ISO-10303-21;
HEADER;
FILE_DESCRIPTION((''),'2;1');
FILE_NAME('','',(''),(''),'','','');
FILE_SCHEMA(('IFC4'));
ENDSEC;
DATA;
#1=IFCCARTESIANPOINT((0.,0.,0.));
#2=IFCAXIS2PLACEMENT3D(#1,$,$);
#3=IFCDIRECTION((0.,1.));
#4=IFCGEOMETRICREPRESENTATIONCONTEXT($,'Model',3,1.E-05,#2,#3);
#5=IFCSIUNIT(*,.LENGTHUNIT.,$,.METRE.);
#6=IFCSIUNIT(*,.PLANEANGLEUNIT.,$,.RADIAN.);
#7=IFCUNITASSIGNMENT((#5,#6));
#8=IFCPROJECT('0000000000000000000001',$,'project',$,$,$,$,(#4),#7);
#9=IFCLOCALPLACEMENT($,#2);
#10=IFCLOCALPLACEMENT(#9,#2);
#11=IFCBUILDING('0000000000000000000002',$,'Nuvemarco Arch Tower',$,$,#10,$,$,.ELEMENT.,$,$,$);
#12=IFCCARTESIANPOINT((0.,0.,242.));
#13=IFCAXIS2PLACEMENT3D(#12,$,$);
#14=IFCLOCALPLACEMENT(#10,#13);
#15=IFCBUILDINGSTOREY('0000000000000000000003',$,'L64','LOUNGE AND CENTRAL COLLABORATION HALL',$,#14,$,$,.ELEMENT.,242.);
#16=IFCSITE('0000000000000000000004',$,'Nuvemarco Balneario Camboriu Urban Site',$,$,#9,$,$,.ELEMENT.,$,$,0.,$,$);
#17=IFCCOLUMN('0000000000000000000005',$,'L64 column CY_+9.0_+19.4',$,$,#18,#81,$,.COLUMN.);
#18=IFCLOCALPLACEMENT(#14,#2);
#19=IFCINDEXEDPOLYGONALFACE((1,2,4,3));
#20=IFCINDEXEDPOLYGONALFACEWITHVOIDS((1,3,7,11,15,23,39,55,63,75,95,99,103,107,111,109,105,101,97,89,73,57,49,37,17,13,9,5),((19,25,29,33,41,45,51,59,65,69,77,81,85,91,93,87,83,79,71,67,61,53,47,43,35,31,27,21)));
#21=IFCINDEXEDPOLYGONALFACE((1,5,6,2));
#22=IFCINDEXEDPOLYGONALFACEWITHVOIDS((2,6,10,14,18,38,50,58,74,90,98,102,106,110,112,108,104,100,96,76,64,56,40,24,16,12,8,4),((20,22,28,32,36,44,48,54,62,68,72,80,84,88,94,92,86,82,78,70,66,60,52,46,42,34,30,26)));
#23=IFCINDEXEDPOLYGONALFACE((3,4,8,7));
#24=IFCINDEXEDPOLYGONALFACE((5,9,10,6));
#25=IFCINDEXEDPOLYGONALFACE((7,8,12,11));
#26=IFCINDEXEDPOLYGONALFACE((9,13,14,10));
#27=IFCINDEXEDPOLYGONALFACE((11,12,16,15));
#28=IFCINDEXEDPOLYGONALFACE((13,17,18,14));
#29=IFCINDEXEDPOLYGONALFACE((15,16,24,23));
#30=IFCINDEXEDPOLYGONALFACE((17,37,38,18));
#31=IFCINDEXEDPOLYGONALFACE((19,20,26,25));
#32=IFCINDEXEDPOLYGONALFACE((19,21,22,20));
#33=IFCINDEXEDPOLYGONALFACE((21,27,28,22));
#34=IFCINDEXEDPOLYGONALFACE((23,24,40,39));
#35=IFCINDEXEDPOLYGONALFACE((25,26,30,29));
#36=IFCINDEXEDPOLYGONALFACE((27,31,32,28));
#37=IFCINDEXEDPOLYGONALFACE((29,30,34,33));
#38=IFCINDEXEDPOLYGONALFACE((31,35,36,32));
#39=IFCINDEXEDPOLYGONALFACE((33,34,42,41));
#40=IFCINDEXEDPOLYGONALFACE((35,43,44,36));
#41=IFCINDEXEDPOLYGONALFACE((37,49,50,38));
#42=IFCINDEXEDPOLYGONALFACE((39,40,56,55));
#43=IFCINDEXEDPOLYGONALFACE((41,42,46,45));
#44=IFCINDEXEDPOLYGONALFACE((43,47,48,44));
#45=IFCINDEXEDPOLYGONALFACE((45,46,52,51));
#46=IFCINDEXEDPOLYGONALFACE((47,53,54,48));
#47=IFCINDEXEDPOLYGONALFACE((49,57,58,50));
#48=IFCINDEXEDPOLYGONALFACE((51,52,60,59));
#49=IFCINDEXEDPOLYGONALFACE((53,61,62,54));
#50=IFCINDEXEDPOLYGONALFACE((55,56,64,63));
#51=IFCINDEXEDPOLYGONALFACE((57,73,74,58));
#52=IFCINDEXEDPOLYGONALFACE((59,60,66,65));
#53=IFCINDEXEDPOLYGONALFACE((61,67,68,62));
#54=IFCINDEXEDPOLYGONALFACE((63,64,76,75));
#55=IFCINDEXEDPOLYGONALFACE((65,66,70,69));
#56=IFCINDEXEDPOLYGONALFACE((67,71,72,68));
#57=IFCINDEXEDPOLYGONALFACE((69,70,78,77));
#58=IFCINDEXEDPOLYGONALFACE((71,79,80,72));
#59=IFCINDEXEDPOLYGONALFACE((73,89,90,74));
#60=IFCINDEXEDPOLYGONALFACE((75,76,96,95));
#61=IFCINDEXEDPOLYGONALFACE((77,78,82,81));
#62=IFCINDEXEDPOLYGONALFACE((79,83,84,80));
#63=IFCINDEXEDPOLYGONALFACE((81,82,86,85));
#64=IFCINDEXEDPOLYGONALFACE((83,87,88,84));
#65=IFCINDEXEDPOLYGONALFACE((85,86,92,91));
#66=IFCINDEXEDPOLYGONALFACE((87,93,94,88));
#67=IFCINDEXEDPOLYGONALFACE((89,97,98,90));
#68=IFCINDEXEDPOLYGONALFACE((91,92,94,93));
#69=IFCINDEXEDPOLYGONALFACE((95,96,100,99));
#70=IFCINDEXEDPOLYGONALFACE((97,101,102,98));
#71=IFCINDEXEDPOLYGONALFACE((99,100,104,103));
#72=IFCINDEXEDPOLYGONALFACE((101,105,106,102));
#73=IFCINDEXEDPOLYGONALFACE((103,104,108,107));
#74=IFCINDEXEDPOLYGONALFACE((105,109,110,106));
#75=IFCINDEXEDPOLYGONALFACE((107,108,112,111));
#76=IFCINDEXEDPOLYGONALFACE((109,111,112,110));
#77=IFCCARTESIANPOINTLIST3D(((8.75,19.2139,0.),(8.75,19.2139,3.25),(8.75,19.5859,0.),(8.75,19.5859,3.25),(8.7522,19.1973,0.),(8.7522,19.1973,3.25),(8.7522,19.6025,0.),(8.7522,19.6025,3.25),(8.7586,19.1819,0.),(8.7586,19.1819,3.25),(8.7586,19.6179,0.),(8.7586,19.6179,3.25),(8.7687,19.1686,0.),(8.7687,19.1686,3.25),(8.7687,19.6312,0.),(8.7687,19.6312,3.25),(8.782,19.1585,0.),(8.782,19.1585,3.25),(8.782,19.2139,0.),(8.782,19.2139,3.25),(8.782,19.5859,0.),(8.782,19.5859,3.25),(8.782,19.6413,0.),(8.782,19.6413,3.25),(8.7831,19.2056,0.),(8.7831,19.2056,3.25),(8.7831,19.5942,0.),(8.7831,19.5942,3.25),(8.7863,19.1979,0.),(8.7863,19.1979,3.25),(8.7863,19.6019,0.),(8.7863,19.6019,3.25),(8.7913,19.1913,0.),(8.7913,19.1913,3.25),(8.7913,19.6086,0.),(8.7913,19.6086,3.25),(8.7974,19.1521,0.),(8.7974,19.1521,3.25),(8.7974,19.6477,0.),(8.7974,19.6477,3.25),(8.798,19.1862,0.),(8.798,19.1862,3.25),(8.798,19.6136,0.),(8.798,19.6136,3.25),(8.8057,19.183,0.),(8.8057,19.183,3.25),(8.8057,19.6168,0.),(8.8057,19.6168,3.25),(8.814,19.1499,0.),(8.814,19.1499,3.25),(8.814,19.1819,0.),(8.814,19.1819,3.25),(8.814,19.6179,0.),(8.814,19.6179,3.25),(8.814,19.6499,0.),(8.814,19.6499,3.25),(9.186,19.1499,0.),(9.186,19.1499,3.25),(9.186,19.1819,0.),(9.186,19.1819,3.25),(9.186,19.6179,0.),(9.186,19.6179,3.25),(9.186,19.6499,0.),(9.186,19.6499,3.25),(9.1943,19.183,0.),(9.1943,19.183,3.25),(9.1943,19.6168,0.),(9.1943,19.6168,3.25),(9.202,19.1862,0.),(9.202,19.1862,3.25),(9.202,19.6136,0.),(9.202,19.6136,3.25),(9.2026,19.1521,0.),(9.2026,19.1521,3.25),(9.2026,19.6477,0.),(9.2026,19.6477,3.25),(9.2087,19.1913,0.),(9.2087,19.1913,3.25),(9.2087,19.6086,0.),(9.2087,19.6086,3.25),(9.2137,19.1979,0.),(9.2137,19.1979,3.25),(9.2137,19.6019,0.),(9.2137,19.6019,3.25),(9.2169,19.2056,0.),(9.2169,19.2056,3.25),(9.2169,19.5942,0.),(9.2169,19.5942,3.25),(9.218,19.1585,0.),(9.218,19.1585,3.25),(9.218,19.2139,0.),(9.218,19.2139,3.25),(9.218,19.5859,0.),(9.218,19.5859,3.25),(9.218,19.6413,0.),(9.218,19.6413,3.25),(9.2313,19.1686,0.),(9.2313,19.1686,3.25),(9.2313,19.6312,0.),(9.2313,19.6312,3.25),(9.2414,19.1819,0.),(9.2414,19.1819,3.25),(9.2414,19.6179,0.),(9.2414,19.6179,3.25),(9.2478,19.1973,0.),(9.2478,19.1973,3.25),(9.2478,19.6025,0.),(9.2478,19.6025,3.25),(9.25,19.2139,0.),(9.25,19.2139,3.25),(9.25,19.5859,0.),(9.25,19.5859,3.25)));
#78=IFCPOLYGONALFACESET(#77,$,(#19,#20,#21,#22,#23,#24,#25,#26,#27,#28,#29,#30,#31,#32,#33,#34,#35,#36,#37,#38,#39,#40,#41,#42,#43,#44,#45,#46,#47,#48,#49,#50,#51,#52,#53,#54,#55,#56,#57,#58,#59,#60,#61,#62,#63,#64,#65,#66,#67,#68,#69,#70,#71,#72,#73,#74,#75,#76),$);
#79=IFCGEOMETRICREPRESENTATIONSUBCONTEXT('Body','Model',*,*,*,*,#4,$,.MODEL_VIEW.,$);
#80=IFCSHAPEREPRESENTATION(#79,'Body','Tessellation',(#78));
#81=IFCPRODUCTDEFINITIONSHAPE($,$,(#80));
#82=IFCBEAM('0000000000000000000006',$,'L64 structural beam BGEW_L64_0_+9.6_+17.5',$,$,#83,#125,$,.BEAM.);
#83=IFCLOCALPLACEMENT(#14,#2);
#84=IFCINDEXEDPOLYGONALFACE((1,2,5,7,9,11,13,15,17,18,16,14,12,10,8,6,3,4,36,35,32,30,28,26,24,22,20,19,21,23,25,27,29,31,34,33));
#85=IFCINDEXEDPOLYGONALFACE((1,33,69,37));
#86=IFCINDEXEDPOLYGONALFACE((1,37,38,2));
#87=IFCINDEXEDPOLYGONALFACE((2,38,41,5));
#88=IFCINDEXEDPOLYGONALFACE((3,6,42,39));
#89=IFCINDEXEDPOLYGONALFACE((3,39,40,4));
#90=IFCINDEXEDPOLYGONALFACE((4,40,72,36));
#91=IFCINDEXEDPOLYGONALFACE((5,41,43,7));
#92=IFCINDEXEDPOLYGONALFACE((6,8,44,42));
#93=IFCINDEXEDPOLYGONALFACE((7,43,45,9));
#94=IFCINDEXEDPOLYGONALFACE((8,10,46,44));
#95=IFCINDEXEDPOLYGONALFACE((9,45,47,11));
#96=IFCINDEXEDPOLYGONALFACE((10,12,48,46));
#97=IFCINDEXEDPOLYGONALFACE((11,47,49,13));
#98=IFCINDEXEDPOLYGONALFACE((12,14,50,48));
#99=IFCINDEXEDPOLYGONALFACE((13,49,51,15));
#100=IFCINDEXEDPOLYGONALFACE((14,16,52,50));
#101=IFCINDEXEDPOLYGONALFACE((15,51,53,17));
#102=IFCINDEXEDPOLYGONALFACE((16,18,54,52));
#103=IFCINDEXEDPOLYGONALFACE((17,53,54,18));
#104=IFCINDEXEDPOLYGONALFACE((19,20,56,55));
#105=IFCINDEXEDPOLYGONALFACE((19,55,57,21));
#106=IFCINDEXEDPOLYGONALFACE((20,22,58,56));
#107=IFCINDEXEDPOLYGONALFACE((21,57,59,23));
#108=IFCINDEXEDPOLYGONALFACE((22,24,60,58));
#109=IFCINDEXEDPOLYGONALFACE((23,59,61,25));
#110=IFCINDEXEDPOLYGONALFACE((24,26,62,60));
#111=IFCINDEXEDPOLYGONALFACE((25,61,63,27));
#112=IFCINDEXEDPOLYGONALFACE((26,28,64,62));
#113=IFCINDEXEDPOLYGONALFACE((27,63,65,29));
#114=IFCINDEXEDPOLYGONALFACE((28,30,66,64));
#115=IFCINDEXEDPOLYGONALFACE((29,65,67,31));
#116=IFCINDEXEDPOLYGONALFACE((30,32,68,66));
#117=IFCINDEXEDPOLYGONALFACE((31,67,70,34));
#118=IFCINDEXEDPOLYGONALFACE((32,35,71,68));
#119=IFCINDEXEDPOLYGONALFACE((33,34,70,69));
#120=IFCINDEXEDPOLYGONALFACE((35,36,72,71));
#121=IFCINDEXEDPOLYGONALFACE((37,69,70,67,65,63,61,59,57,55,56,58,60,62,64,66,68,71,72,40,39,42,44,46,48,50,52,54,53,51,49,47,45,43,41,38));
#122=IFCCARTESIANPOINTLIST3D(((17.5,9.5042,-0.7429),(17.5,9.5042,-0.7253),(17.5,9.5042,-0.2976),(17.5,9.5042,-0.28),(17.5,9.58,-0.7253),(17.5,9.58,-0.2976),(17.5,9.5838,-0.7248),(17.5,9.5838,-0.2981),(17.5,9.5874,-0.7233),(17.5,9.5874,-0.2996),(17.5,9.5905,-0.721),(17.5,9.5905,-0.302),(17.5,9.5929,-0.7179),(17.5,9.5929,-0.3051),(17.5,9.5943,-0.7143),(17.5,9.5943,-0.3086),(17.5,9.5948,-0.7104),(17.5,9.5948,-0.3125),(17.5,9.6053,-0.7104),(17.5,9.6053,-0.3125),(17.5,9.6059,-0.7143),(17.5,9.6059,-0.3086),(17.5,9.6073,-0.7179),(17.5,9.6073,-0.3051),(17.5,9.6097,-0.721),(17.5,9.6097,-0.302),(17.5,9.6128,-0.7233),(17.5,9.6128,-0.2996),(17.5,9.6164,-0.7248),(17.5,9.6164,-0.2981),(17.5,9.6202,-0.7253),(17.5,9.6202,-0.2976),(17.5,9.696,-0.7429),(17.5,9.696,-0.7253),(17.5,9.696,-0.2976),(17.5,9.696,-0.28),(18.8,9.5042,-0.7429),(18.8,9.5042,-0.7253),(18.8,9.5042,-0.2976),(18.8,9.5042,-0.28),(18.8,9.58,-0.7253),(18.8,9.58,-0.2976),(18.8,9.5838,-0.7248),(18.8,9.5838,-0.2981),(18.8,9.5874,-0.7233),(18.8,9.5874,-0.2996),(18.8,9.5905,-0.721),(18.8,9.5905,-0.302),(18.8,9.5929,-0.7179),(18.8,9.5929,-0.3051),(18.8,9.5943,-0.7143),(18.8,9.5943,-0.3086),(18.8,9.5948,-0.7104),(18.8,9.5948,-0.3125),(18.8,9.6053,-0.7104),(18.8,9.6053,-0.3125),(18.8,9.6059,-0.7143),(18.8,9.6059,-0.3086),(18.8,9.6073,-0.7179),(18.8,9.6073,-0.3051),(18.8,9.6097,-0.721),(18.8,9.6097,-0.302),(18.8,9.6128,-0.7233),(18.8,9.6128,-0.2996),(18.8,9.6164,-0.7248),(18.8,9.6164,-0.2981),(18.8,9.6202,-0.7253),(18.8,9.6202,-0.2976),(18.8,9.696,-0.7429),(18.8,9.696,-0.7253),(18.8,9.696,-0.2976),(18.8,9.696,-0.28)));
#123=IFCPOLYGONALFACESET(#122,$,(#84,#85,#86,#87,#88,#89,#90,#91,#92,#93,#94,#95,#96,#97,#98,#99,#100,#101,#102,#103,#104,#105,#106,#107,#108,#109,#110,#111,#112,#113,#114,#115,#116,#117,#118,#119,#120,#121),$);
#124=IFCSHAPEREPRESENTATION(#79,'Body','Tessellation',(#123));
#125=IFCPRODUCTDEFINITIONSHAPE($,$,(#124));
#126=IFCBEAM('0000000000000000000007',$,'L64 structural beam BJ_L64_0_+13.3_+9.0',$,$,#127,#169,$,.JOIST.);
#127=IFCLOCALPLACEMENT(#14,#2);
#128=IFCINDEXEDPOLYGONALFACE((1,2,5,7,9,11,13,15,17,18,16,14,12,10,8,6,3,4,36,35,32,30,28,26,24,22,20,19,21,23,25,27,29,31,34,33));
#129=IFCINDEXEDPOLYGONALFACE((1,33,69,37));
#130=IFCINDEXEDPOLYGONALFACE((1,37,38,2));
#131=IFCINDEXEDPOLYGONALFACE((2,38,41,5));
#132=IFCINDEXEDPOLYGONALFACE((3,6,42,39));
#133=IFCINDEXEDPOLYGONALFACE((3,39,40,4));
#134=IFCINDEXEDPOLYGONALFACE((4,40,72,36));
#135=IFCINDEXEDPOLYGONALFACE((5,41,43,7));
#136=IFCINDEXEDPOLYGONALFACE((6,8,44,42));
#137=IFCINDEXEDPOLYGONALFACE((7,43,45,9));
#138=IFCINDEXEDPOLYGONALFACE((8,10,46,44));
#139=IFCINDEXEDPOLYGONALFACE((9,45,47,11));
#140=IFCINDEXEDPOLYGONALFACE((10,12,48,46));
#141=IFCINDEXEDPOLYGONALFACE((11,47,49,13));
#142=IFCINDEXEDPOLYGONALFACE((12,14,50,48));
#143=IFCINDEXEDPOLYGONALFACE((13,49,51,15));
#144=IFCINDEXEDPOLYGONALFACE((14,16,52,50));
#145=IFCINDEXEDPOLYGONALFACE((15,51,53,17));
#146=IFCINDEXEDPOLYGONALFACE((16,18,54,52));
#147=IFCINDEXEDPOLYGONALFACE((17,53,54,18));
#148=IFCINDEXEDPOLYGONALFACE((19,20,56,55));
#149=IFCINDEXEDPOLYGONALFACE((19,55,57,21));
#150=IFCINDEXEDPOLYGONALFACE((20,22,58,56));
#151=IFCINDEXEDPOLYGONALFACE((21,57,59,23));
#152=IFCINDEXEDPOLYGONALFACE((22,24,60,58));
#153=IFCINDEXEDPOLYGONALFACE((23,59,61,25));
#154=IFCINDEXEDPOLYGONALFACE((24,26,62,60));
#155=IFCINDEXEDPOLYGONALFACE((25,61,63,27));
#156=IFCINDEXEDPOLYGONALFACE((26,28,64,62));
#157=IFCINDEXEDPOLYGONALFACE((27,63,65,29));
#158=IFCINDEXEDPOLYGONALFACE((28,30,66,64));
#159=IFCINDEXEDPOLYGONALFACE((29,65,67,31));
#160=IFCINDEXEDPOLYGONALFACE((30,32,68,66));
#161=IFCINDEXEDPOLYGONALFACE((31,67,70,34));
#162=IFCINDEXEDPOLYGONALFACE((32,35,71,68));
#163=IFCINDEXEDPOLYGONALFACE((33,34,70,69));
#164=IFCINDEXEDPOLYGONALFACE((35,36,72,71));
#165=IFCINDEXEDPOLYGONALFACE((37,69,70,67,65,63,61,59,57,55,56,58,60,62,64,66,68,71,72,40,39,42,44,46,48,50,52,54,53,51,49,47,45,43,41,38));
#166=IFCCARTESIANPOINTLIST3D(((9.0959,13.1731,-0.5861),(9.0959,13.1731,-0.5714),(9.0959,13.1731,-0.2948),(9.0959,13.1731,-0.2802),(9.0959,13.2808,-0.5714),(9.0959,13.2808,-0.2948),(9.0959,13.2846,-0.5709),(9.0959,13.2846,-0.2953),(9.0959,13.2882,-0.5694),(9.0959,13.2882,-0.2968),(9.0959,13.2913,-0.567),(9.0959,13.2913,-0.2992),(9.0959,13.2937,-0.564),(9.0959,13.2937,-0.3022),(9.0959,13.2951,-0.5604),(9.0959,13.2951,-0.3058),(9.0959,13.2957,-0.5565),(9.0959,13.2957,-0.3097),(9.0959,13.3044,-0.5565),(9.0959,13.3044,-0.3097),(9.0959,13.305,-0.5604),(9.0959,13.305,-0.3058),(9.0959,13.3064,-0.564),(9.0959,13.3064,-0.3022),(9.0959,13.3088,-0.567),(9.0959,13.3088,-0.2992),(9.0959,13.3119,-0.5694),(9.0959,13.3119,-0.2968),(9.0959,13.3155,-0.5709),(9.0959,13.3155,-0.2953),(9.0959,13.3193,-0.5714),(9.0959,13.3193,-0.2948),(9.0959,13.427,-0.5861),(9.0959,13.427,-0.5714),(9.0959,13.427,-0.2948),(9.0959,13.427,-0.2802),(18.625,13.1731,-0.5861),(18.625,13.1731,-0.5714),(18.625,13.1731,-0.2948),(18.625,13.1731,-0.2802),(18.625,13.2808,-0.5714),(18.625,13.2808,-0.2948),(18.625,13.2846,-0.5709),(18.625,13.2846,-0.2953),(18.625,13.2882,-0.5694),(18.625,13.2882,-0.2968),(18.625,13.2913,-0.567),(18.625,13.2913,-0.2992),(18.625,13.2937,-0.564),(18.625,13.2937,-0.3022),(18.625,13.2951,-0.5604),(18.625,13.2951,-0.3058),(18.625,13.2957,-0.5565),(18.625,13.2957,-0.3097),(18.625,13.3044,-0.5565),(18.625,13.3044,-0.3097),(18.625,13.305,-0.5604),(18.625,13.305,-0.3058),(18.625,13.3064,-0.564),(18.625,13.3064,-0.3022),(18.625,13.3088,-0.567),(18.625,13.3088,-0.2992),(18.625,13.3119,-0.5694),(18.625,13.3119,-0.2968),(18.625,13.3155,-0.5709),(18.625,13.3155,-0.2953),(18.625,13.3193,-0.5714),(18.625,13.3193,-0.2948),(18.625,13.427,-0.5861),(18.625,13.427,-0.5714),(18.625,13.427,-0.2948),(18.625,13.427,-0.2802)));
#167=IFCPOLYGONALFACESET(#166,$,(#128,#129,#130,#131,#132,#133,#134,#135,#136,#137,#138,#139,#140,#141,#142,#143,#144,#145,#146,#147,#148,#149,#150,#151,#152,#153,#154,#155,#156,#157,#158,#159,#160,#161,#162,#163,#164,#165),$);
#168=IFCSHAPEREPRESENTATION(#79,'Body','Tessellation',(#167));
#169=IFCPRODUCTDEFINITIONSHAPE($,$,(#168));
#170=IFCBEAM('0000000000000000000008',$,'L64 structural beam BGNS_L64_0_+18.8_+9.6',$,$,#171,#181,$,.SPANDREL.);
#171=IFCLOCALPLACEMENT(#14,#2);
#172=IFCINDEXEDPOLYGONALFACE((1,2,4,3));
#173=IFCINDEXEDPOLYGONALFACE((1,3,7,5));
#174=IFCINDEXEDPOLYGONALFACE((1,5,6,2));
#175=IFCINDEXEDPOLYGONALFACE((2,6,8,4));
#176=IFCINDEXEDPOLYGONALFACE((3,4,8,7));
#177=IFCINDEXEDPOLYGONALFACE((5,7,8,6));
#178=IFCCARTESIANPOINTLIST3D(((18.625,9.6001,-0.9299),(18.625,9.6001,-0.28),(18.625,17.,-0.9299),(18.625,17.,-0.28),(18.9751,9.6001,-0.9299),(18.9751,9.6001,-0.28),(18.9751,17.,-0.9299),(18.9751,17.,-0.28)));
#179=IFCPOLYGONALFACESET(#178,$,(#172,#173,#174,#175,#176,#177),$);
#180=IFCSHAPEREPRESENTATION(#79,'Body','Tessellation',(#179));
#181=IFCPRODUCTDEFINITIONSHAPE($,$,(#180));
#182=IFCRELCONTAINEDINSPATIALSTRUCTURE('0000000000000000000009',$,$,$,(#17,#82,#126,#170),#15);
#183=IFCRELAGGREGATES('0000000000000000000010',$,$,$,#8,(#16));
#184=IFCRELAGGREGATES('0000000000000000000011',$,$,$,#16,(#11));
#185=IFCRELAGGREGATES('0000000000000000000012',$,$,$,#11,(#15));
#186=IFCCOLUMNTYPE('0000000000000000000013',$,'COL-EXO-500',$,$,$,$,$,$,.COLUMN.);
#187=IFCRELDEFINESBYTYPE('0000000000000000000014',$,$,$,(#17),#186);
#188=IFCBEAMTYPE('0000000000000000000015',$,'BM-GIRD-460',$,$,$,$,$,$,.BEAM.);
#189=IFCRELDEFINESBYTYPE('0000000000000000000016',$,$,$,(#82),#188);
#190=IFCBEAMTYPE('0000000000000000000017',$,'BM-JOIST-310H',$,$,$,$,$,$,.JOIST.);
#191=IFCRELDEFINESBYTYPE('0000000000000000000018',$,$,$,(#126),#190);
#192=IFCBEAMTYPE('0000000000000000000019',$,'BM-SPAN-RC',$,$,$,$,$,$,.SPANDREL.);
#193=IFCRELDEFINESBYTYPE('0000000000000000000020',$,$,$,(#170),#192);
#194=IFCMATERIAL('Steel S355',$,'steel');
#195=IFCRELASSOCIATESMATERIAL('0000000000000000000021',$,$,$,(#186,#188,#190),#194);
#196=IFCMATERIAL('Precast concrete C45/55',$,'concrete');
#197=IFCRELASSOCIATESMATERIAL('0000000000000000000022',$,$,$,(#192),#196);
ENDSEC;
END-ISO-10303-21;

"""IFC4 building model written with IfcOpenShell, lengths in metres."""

from ifc_helpers import new_model, si_unit, direction, frame, origin, origin_2d, place, context, subcontext, project, spatial, rectangle, hollow_rectangle, i_section, extrude, material, material_profile, profile_set, type_object, element, save


model = new_model("IFC4")

# Units and contexts
model_context = context("Model", 3, precision=1e-05, world=origin(), true_north=direction((0.0, 1.0)))
body_context = subcontext(model_context, "Body", "Model", "MODEL_VIEW")
ifc_project = project(units=[si_unit("LENGTHUNIT", "METRE"), si_unit("PLANEANGLEUNIT", "RADIAN")], contexts=[model_context])

# Site, building, storey
site_placement = place(None, origin())
site = spatial("IfcSite", under=ifc_project, at=site_placement, Name="Nuvemarco Balneario Camboriu Urban Site", CompositionType="ELEMENT", RefElevation=0.0)
building_placement = place(site_placement, origin())
building = spatial("IfcBuilding", under=site, at=building_placement, Name="Nuvemarco Arch Tower", CompositionType="ELEMENT")
storey_placement = place(building_placement, frame((0.0, 0.0, 242.0)))
storey = spatial("IfcBuildingStorey", under=building, at=storey_placement, Name="L64", Description="LOUNGE AND CENTRAL COLLABORATION HALL", CompositionType="ELEMENT", Elevation=242.0)

# Column
ifc_material_1 = material(Name="Steel S355", Category="steel")
ifc_material_profile_1 = material_profile(ifc_material_1, hollow_rectangle(XDim=0.5, YDim=0.5, WallThickness=0.032, InnerFilletRadius=0.032, OuterFilletRadius=0.064, at=origin_2d()), Name="SHS500x500x32")
ifc_profile_set_1 = profile_set([ifc_material_profile_1], Name="Steel S355")
column_type_1 = type_object("IfcColumnType", Name="COL-EXO-500", PredefinedType="COLUMN", material=ifc_profile_set_1)
for number, where, z_axis, x_axis, name in (
    (1, (9.0, 19.3999, 0.0), (0.0, 0.0, 1.0), (1.0, 0.0, 0.0), "L64 column CY_+9.0_+19.4"),
):
    element("IfcColumn", number, at=place(storey_placement, frame(where, z_axis=z_axis, x_axis=x_axis)), inside=storey, type_object=column_type_1, Name=name, PredefinedType="COLUMN", context=body_context, shape_type="SweptSolid", body=[
        extrude(hollow_rectangle(XDim=0.5, YDim=0.5, WallThickness=0.032, InnerFilletRadius=0.032, OuterFilletRadius=0.064, at=origin_2d()), origin(), (0.0, 0.0, 1.0), 3.25),
    ])

# Beams
ifc_material_profile_2 = material_profile(ifc_material_1, i_section(OverallWidth=0.1919, OverallDepth=0.4629, WebThickness=0.0105, FlangeThickness=0.0176, FilletRadius=0.0149, at=origin_2d()), Name="W460x89")
ifc_profile_set_2 = profile_set([ifc_material_profile_2], Name="Steel S355")
beam_type_1 = type_object("IfcBeamType", Name="BM-GIRD-460", PredefinedType="BEAM", material=ifc_profile_set_2)
beam_1_placement = place(storey_placement, frame((17.5, 9.6001, -0.5115), z_axis=(1.0, 0.0, 0.0), x_axis=(0.0, 1.0, 0.0)))
element("IfcBeam", 2, at=beam_1_placement, inside=storey, type_object=beam_type_1, Name="L64 structural beam BGEW_L64_0_+9.6_+17.5", PredefinedType="BEAM", context=body_context, shape_type="SweptSolid", body=[
    extrude(i_section(OverallWidth=0.1919, OverallDepth=0.4629, WebThickness=0.0105, FlangeThickness=0.0176, FilletRadius=0.0149, at=origin_2d()), origin(), (0.0, 0.0, 1.0), 1.3),
])
ifc_material_profile_3 = material_profile(ifc_material_1, i_section(OverallWidth=0.2539, OverallDepth=0.3059, WebThickness=0.0088, FlangeThickness=0.0146, FilletRadius=0.0149, at=origin_2d()), Name="W310x79")
ifc_profile_set_3 = profile_set([ifc_material_profile_3], Name="Steel S355")
beam_type_2 = type_object("IfcBeamType", Name="BM-JOIST-310H", PredefinedType="JOIST", material=ifc_profile_set_3)
beam_2_placement = place(storey_placement, frame((9.0959, 13.3, -0.4331), z_axis=(1.0, 0.0, 0.0), x_axis=(0.0, 1.0, 0.0)))
element("IfcBeam", 3, at=beam_2_placement, inside=storey, type_object=beam_type_2, Name="L64 structural beam BJ_L64_0_+13.3_+9.0", PredefinedType="JOIST", context=body_context, shape_type="SweptSolid", body=[
    extrude(i_section(OverallWidth=0.2539, OverallDepth=0.3059, WebThickness=0.0088, FlangeThickness=0.0146, FilletRadius=0.0149, at=origin_2d()), origin(), (0.0, 0.0, 1.0), 9.5291),
])
ifc_material_2 = material(Name="Precast concrete C45/55", Category="concrete")
ifc_material_profile_4 = material_profile(ifc_material_2, rectangle(XDim=0.3501, YDim=0.6499, at=origin_2d()), Name="PC-SP-350x650")
ifc_profile_set_4 = profile_set([ifc_material_profile_4], Name="Precast concrete C45/55")
beam_type_3 = type_object("IfcBeamType", Name="BM-SPAN-RC", PredefinedType="SPANDREL", material=ifc_profile_set_4)
beam_3_placement = place(storey_placement, frame((18.8, 9.6001, -0.605), z_axis=(0.0, 1.0, 0.0), x_axis=(-1.0, 0.0, 0.0)))
element("IfcBeam", 4, at=beam_3_placement, inside=storey, type_object=beam_type_3, Name="L64 structural beam BGNS_L64_0_+18.8_+9.6", PredefinedType="SPANDREL", context=body_context, shape_type="SweptSolid", body=[
    extrude(rectangle(XDim=0.3501, YDim=0.6499, at=origin_2d()), origin(), (0.0, 0.0, 1.0), 7.3999),
])

save(model, "model.ifc")
